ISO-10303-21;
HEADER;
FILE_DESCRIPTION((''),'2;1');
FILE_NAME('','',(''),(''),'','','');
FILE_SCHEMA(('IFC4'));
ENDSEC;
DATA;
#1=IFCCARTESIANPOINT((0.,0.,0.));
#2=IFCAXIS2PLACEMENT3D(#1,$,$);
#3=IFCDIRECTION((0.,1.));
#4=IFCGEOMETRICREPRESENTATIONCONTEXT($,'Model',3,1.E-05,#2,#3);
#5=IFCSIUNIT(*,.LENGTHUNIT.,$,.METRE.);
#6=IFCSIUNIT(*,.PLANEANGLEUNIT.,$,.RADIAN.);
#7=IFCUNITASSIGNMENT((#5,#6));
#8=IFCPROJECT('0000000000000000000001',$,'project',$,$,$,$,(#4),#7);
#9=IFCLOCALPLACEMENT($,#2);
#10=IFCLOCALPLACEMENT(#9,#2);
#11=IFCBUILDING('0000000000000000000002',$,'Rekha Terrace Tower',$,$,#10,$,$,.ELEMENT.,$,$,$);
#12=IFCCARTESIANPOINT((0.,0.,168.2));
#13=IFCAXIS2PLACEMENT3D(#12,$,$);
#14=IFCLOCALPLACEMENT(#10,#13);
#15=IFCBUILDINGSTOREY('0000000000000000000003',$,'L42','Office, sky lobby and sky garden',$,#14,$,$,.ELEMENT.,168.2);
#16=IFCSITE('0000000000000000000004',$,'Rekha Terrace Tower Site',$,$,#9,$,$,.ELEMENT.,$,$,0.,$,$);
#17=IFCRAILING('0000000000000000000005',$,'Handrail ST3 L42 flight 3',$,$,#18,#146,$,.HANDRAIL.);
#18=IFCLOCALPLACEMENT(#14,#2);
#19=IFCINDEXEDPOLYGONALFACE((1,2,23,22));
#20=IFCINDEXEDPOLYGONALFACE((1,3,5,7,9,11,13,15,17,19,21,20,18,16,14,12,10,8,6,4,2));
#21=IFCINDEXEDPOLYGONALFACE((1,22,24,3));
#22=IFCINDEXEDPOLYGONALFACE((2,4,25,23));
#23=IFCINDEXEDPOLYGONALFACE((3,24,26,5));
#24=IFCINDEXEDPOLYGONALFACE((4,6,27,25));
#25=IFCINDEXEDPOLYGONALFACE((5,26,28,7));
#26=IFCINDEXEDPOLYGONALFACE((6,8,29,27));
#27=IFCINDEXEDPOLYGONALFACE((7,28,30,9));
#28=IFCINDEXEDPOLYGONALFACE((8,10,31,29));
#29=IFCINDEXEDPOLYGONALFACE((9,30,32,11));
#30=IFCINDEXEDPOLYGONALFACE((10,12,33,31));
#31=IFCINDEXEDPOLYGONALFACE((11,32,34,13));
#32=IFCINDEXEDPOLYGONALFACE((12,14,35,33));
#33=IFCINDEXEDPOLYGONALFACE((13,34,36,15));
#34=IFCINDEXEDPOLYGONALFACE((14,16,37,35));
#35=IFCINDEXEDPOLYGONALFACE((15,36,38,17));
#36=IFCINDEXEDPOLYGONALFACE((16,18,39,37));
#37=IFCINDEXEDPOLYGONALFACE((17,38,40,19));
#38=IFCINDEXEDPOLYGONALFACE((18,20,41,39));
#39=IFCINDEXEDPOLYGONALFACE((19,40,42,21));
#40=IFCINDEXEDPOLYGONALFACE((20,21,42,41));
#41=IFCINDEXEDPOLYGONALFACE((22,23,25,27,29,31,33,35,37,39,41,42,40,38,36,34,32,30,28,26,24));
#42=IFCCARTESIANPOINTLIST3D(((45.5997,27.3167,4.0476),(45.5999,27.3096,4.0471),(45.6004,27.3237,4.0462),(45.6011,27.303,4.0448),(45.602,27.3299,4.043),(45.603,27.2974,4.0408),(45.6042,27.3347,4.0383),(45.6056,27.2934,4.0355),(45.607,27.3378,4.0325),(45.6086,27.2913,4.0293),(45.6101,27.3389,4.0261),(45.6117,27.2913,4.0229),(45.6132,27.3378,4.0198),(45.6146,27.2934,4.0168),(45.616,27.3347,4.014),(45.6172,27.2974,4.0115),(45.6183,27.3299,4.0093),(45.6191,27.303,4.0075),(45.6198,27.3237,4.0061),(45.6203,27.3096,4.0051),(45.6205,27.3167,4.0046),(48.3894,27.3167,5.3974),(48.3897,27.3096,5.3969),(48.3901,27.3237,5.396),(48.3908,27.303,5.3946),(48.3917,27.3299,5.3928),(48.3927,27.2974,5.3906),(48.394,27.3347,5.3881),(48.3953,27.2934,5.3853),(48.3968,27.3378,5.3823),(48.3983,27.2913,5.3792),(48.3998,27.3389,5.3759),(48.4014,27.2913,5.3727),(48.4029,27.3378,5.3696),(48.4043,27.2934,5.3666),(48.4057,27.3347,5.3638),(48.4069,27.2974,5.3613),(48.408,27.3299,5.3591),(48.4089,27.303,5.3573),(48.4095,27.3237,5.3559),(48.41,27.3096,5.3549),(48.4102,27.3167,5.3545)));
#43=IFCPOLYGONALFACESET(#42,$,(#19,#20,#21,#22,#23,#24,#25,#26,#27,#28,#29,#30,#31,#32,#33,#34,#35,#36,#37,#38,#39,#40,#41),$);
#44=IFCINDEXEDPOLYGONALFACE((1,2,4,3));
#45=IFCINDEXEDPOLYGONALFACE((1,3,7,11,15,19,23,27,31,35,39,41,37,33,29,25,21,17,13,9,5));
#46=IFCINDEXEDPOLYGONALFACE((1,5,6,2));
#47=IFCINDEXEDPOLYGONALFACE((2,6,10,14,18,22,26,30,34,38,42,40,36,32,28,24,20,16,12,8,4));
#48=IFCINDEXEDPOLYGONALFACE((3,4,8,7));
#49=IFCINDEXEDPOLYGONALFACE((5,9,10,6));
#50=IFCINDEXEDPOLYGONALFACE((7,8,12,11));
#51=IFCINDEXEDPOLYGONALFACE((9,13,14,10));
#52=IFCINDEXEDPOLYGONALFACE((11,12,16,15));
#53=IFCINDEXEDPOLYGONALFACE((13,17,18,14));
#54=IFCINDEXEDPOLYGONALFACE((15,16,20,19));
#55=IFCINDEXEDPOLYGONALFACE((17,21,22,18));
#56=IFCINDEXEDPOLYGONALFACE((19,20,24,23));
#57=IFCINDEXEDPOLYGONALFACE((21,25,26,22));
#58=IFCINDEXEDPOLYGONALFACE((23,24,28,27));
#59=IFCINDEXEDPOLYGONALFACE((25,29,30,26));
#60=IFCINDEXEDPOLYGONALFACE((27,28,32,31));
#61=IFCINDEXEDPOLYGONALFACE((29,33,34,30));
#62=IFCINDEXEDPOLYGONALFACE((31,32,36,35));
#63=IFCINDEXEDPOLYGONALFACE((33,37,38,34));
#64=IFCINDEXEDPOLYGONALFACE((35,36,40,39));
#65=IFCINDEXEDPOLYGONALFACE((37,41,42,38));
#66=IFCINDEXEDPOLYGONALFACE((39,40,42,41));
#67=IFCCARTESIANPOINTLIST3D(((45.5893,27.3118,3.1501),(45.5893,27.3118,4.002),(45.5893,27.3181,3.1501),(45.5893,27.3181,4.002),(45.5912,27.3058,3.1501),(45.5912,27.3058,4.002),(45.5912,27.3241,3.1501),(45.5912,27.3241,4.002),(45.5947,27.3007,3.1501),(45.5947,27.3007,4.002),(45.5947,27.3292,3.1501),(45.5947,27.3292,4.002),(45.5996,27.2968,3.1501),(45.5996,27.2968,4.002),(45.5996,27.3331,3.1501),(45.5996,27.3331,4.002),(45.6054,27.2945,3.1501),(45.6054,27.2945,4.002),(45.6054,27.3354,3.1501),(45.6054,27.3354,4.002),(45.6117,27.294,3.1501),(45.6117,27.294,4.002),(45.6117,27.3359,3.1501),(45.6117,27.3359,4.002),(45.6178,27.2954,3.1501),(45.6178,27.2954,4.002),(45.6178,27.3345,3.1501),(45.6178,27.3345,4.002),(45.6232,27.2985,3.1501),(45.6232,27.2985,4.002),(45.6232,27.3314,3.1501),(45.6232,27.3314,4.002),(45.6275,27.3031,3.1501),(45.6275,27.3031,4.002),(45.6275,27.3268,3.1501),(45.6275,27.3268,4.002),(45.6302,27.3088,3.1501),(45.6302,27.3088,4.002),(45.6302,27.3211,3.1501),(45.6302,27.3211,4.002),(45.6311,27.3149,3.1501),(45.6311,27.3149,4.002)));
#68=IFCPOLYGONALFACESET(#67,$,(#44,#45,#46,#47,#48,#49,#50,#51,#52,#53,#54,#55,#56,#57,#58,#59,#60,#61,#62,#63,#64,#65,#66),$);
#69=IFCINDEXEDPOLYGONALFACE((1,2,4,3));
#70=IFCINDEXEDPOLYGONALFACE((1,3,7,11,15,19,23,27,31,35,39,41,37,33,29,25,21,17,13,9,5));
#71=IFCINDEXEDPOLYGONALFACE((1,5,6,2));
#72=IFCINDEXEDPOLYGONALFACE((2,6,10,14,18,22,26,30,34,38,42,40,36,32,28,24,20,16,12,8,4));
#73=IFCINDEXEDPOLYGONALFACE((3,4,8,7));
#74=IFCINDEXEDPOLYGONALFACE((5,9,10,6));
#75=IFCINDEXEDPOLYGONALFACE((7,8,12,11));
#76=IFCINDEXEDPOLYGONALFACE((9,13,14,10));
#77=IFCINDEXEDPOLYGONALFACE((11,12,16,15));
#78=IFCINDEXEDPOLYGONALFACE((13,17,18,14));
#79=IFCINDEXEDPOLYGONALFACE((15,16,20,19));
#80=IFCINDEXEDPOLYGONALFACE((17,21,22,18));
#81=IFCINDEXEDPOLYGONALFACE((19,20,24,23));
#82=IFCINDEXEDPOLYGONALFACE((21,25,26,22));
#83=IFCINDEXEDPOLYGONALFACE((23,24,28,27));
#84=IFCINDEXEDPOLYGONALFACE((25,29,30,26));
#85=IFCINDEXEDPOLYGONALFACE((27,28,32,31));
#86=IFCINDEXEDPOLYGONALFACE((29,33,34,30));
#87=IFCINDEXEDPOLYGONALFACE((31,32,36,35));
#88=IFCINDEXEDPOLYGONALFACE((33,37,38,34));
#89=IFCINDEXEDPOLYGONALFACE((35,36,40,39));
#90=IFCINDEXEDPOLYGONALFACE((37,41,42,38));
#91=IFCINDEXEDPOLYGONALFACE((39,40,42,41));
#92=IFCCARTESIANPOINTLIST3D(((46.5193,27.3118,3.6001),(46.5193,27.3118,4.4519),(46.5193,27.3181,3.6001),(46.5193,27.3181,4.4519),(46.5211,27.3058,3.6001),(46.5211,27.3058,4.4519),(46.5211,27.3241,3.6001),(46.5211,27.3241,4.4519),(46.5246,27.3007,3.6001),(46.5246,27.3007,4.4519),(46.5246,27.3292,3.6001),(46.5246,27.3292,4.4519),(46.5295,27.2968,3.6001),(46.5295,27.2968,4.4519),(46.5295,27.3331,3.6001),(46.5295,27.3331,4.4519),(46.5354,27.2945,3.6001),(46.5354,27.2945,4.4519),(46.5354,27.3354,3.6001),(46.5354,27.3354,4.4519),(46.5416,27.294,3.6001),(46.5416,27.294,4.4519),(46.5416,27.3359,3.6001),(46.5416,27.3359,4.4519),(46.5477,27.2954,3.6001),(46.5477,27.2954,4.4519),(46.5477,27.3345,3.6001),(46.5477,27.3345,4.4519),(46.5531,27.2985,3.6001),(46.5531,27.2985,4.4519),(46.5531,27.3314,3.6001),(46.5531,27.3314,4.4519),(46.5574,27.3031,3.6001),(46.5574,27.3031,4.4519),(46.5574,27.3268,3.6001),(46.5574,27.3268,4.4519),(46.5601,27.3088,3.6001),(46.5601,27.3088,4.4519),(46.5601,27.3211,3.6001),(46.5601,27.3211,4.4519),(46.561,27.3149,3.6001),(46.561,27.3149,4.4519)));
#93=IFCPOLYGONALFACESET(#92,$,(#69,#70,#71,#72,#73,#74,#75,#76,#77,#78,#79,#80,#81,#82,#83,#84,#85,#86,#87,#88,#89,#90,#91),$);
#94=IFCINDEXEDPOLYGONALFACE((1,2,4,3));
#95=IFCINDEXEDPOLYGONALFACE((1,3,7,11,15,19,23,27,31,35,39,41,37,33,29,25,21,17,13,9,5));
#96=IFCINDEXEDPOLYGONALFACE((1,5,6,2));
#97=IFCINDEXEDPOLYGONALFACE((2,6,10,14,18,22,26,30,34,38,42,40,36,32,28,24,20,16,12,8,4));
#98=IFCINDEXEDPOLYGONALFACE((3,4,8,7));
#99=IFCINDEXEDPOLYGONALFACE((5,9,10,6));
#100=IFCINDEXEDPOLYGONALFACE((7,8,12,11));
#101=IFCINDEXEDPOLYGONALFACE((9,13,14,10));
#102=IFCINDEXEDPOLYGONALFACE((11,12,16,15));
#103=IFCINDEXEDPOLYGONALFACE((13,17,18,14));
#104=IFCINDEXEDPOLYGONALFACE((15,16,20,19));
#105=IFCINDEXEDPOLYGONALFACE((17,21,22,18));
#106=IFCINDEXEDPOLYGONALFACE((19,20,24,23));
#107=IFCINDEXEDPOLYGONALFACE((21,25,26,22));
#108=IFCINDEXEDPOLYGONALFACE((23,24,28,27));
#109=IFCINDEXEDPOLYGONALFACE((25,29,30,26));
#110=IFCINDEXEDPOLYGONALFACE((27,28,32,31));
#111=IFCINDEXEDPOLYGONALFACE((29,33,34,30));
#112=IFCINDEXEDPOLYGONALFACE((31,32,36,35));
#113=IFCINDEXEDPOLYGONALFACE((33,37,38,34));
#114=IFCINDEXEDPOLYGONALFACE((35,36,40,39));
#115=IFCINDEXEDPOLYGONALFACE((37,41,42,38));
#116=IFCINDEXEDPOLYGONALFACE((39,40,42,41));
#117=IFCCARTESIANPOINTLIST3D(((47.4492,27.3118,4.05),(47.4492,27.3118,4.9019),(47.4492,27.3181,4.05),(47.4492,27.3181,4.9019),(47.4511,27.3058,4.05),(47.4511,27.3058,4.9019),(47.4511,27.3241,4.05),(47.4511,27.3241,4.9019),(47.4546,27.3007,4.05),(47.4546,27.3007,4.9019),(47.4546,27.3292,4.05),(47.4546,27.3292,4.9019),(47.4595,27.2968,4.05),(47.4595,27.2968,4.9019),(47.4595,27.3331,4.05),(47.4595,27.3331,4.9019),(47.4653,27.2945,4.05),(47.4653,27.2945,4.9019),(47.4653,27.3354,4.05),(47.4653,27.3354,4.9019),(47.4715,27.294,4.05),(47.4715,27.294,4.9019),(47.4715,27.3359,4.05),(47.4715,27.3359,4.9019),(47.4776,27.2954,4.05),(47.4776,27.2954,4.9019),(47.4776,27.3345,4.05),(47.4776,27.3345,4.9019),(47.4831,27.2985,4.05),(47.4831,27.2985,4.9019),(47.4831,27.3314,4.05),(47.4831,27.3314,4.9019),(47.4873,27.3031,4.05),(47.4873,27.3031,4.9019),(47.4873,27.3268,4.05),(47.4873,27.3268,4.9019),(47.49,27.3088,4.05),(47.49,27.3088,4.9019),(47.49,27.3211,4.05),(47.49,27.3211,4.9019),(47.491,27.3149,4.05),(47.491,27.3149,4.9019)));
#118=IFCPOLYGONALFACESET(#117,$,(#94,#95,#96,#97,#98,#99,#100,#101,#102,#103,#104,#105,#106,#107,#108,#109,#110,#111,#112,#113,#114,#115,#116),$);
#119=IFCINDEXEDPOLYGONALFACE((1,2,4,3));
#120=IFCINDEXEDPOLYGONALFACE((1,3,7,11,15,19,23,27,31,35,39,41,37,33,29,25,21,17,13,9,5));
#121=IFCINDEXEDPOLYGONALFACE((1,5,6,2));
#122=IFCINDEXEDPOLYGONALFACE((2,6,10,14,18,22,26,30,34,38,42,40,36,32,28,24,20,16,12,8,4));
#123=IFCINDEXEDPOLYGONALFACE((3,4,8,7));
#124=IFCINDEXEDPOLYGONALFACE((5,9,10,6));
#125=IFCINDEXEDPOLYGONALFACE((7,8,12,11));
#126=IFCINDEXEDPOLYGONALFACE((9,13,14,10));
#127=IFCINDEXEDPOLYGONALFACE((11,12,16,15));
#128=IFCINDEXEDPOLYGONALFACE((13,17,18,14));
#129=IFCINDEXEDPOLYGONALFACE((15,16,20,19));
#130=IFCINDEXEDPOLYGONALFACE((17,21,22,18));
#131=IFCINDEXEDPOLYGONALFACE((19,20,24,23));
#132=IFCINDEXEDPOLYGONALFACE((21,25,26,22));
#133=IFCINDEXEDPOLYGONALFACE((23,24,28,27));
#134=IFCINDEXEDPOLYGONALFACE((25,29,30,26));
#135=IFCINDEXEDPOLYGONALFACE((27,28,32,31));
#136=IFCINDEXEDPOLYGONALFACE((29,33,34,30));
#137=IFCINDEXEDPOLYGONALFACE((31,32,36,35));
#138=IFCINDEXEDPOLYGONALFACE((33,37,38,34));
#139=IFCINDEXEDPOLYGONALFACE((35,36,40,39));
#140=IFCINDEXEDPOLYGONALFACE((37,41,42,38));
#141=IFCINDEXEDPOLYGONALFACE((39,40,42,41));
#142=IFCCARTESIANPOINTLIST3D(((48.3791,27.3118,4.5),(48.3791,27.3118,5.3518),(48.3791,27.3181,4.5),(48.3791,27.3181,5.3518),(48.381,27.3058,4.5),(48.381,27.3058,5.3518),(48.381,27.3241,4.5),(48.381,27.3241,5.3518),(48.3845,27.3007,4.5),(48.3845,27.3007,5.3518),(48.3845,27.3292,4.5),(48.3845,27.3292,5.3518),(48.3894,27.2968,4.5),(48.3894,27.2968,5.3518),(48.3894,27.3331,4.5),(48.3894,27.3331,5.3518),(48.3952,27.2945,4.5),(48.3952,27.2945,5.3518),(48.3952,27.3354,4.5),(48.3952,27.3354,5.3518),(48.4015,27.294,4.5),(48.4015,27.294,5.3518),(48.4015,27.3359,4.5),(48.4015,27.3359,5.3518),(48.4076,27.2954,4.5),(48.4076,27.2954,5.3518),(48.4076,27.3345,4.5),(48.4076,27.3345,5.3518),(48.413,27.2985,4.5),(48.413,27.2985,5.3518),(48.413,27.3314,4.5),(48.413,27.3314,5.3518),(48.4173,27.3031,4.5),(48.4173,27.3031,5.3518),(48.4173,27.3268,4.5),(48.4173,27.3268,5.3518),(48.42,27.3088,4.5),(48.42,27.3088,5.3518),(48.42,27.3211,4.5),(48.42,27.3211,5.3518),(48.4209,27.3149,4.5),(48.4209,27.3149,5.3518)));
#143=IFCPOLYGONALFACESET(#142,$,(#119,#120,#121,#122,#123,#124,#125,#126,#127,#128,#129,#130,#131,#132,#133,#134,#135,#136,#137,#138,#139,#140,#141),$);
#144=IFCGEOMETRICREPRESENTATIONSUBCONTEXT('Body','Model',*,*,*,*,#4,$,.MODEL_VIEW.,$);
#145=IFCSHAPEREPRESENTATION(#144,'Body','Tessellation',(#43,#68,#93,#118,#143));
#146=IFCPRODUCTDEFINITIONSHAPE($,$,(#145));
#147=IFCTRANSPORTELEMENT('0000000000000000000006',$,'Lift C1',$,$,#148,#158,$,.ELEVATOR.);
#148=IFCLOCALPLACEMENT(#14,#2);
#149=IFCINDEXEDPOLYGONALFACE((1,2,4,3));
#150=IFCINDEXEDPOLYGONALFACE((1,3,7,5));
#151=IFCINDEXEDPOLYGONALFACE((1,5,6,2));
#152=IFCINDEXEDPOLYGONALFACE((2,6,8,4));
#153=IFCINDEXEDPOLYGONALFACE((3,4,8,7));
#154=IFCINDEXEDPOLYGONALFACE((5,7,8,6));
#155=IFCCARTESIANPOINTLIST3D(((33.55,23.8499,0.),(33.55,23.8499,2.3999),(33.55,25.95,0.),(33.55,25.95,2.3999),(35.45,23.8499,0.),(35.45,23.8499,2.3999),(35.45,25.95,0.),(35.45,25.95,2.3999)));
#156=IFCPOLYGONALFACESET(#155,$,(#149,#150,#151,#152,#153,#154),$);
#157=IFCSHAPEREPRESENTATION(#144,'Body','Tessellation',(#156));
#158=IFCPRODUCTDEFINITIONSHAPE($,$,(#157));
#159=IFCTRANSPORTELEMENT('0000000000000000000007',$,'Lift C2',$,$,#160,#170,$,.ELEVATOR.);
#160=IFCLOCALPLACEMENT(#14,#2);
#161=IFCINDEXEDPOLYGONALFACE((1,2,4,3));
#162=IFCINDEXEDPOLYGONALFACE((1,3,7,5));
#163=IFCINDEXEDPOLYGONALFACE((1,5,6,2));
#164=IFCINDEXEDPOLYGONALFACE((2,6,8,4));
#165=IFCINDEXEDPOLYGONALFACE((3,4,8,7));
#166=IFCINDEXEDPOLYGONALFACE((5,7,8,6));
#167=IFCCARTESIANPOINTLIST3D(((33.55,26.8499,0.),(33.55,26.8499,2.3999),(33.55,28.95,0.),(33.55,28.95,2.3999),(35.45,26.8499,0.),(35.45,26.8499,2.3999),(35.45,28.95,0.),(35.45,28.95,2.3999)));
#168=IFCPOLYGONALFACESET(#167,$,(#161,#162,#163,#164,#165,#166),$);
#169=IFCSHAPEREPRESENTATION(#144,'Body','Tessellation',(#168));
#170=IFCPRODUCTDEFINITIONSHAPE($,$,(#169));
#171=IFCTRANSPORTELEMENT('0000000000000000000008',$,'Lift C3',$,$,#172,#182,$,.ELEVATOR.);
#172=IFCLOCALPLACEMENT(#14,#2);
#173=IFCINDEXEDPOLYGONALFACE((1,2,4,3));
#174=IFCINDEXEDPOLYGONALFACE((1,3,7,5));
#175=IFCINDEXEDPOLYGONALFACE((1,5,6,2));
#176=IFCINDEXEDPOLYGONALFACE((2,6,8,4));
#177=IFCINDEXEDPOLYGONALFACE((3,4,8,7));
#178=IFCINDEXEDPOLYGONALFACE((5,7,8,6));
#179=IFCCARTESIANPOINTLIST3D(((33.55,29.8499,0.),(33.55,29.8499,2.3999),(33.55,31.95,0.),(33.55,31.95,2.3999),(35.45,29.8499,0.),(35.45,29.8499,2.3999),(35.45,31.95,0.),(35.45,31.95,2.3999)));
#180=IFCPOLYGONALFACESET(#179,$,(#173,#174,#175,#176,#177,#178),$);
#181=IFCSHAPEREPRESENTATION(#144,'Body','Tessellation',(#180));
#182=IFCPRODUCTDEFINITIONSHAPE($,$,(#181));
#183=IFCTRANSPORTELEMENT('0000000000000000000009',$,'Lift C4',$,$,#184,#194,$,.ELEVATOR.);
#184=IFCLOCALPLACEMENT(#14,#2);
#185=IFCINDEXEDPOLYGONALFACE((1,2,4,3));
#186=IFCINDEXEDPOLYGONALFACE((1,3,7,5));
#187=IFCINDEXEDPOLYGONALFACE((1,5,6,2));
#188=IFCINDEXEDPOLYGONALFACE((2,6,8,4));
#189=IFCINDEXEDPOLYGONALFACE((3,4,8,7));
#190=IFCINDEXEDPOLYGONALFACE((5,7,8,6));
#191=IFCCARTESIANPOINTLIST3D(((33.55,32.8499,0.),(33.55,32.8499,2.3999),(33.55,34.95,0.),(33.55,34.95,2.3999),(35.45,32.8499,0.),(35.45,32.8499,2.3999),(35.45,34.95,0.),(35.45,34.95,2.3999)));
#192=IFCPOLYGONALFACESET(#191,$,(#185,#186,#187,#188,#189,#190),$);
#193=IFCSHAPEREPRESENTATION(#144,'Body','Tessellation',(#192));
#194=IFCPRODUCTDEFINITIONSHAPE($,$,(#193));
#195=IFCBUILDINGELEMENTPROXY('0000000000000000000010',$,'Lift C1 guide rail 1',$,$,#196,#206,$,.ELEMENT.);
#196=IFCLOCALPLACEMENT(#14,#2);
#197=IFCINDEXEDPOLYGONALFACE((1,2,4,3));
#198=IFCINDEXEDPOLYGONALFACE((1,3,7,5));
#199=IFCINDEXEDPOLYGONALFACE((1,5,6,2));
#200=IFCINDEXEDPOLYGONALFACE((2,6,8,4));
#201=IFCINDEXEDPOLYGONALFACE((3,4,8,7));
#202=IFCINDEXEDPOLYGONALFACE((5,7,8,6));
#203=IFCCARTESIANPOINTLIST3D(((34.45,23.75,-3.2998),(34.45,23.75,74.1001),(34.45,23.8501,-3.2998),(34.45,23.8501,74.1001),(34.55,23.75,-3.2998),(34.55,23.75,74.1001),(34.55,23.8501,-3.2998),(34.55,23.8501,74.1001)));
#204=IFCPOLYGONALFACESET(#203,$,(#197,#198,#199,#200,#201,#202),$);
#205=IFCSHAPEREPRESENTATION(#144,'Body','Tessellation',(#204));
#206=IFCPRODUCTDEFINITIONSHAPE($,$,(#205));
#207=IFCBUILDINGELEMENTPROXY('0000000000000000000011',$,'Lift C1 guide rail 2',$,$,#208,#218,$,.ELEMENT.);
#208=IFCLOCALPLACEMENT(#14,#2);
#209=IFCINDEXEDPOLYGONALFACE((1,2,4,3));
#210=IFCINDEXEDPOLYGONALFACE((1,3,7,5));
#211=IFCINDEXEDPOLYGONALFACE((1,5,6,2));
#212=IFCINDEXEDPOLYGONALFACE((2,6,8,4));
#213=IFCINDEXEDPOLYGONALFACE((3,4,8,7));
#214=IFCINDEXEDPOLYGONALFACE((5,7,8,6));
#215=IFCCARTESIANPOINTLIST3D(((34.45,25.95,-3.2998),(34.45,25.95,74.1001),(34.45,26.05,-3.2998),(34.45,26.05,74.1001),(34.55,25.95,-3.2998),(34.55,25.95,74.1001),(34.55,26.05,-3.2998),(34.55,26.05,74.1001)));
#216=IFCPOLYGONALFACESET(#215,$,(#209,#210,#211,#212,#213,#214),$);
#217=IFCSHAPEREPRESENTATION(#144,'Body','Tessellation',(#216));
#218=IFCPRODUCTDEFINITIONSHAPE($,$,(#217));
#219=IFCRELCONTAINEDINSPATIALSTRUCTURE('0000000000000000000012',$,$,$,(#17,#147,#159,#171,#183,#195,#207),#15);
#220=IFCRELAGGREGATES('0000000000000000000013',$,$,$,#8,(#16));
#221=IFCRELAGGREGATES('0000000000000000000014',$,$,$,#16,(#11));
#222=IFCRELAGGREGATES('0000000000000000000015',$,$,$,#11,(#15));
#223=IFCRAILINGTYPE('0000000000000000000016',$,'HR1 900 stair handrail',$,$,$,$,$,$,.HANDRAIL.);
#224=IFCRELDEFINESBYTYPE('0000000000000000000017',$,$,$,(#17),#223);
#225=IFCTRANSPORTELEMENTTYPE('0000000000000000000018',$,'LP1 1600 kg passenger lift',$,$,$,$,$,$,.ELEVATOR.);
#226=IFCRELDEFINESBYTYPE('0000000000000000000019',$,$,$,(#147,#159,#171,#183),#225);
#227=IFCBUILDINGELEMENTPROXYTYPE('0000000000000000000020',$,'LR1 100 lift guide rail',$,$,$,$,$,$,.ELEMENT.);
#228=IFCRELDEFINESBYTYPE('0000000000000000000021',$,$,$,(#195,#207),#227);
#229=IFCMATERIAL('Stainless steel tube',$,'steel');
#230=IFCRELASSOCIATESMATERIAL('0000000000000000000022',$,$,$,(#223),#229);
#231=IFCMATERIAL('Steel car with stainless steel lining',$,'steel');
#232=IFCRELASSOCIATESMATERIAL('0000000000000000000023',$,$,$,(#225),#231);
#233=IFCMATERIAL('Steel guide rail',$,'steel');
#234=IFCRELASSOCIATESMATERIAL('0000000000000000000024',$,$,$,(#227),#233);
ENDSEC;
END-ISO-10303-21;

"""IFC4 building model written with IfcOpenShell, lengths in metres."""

from ifc_helpers import new_model, si_unit, direction, frame, origin, origin_2d, place, context, subcontext, project, spatial, rectangle, circle, extrude, material, type_object, element, save


model = new_model("IFC4")

# Units and contexts
model_context = context("Model", 3, precision=1e-05, world=origin(), true_north=direction((0.0, 1.0)))
body_context = subcontext(model_context, "Body", "Model", "MODEL_VIEW")
ifc_project = project(units=[si_unit("LENGTHUNIT", "METRE"), si_unit("PLANEANGLEUNIT", "RADIAN")], contexts=[model_context])

# Site, building, storey
site_placement = place(None, origin())
site = spatial("IfcSite", under=ifc_project, at=site_placement, Name="Rekha Terrace Tower Site", CompositionType="ELEMENT", RefElevation=0.0)
building_placement = place(site_placement, origin())
building = spatial("IfcBuilding", under=site, at=building_placement, Name="Rekha Terrace Tower", CompositionType="ELEMENT")
storey_placement = place(building_placement, frame((0.0, 0.0, 168.2)))
storey = spatial("IfcBuildingStorey", under=building, at=storey_placement, Name="L42", Description="Office, sky lobby and sky garden", CompositionType="ELEMENT", Elevation=168.2)

# Railing
ifc_material_1 = material(Name="Stainless steel tube", Category="steel")
railing_type_1 = type_object("IfcRailingType", Name="HR1 900 stair handrail", PredefinedType="HANDRAIL", material=ifc_material_1)
railing_1_placement = place(storey_placement, frame((45.6101, 27.3149, 3.1501)))
element("IfcRailing", 1, at=railing_1_placement, inside=storey, type_object=railing_type_1, Name="Handrail ST3 L42 flight 3", PredefinedType="HANDRAIL", context=body_context, shape_type="SweptSolid", body=[
    extrude(circle(Radius=0.0239, at=origin_2d()), frame((0.0, 0.0, 0.876), z_axis=(0.900165, 0.0, 0.435549), x_axis=(0.0, 1.0, 0.0)), (0.0, 0.0, 1.0), 3.0991),
    extrude(circle(Radius=0.021, at=origin_2d()), origin(), (0.0, 0.0, 1.0), 0.8518),
    extrude(circle(Radius=0.021, at=origin_2d()), frame((0.9299, 0.0, 0.45)), (0.0, 0.0, 1.0), 0.8518),
    extrude(circle(Radius=0.021, at=origin_2d()), frame((1.8599, 0.0, 0.8999)), (0.0, 0.0, 1.0), 0.8518),
    extrude(circle(Radius=0.021, at=origin_2d()), frame((2.7898, 0.0, 1.3499)), (0.0, 0.0, 1.0), 0.8518),
])

# Transport elements
ifc_material_2 = material(Name="Steel car with stainless steel lining", Category="steel")
transport_element_type = type_object("IfcTransportElementType", Name="LP1 1600 kg passenger lift", PredefinedType="ELEVATOR", material=ifc_material_2)
for number, where, z_axis, x_axis, name in (
    (2, (34.5, 24.8999, 0.0), (0.0, 0.0, 1.0), (1.0, 0.0, 0.0), "Lift C1"),
    (3, (34.5, 27.8999, 0.0), (0.0, 0.0, 1.0), (1.0, 0.0, 0.0), "Lift C2"),
    (4, (34.5, 30.8999, 0.0), (0.0, 0.0, 1.0), (1.0, 0.0, 0.0), "Lift C3"),
    (5, (34.5, 33.8999, 0.0), (0.0, 0.0, 1.0), (1.0, 0.0, 0.0), "Lift C4"),
):
    element("IfcTransportElement", number, at=place(storey_placement, frame(where, z_axis=z_axis, x_axis=x_axis)), inside=storey, type_object=transport_element_type, Name=name, PredefinedType="ELEVATOR", context=body_context, shape_type="SweptSolid", body=[
        extrude(rectangle(XDim=1.8999, YDim=2.1001, at=origin_2d()), origin(), (0.0, 0.0, 1.0), 2.3999),
    ])

# Building element proxies
ifc_material_3 = material(Name="Steel guide rail", Category="steel")
building_element_proxy_type = type_object("IfcBuildingElementProxyType", Name="LR1 100 lift guide rail", PredefinedType="ELEMENT", material=ifc_material_3)
for number, where, z_axis, x_axis, name in (
    (6, (34.5, 23.8, -3.2998), (0.0, 0.0, 1.0), (1.0, 0.0, 0.0), "Lift C1 guide rail 1"),
    (7, (34.5, 26.0, -3.2998), (0.0, 0.0, 1.0), (1.0, 0.0, 0.0), "Lift C1 guide rail 2"),
):
    element("IfcBuildingElementProxy", number, at=place(storey_placement, frame(where, z_axis=z_axis, x_axis=x_axis)), inside=storey, type_object=building_element_proxy_type, Name=name, PredefinedType="ELEMENT", context=body_context, shape_type="SweptSolid", body=[
        extrude(rectangle(XDim=0.1001, YDim=0.1001, at=origin_2d()), origin(), (0.0, 0.0, 1.0), 77.3999),
    ])

save(model, "model.ifc")
